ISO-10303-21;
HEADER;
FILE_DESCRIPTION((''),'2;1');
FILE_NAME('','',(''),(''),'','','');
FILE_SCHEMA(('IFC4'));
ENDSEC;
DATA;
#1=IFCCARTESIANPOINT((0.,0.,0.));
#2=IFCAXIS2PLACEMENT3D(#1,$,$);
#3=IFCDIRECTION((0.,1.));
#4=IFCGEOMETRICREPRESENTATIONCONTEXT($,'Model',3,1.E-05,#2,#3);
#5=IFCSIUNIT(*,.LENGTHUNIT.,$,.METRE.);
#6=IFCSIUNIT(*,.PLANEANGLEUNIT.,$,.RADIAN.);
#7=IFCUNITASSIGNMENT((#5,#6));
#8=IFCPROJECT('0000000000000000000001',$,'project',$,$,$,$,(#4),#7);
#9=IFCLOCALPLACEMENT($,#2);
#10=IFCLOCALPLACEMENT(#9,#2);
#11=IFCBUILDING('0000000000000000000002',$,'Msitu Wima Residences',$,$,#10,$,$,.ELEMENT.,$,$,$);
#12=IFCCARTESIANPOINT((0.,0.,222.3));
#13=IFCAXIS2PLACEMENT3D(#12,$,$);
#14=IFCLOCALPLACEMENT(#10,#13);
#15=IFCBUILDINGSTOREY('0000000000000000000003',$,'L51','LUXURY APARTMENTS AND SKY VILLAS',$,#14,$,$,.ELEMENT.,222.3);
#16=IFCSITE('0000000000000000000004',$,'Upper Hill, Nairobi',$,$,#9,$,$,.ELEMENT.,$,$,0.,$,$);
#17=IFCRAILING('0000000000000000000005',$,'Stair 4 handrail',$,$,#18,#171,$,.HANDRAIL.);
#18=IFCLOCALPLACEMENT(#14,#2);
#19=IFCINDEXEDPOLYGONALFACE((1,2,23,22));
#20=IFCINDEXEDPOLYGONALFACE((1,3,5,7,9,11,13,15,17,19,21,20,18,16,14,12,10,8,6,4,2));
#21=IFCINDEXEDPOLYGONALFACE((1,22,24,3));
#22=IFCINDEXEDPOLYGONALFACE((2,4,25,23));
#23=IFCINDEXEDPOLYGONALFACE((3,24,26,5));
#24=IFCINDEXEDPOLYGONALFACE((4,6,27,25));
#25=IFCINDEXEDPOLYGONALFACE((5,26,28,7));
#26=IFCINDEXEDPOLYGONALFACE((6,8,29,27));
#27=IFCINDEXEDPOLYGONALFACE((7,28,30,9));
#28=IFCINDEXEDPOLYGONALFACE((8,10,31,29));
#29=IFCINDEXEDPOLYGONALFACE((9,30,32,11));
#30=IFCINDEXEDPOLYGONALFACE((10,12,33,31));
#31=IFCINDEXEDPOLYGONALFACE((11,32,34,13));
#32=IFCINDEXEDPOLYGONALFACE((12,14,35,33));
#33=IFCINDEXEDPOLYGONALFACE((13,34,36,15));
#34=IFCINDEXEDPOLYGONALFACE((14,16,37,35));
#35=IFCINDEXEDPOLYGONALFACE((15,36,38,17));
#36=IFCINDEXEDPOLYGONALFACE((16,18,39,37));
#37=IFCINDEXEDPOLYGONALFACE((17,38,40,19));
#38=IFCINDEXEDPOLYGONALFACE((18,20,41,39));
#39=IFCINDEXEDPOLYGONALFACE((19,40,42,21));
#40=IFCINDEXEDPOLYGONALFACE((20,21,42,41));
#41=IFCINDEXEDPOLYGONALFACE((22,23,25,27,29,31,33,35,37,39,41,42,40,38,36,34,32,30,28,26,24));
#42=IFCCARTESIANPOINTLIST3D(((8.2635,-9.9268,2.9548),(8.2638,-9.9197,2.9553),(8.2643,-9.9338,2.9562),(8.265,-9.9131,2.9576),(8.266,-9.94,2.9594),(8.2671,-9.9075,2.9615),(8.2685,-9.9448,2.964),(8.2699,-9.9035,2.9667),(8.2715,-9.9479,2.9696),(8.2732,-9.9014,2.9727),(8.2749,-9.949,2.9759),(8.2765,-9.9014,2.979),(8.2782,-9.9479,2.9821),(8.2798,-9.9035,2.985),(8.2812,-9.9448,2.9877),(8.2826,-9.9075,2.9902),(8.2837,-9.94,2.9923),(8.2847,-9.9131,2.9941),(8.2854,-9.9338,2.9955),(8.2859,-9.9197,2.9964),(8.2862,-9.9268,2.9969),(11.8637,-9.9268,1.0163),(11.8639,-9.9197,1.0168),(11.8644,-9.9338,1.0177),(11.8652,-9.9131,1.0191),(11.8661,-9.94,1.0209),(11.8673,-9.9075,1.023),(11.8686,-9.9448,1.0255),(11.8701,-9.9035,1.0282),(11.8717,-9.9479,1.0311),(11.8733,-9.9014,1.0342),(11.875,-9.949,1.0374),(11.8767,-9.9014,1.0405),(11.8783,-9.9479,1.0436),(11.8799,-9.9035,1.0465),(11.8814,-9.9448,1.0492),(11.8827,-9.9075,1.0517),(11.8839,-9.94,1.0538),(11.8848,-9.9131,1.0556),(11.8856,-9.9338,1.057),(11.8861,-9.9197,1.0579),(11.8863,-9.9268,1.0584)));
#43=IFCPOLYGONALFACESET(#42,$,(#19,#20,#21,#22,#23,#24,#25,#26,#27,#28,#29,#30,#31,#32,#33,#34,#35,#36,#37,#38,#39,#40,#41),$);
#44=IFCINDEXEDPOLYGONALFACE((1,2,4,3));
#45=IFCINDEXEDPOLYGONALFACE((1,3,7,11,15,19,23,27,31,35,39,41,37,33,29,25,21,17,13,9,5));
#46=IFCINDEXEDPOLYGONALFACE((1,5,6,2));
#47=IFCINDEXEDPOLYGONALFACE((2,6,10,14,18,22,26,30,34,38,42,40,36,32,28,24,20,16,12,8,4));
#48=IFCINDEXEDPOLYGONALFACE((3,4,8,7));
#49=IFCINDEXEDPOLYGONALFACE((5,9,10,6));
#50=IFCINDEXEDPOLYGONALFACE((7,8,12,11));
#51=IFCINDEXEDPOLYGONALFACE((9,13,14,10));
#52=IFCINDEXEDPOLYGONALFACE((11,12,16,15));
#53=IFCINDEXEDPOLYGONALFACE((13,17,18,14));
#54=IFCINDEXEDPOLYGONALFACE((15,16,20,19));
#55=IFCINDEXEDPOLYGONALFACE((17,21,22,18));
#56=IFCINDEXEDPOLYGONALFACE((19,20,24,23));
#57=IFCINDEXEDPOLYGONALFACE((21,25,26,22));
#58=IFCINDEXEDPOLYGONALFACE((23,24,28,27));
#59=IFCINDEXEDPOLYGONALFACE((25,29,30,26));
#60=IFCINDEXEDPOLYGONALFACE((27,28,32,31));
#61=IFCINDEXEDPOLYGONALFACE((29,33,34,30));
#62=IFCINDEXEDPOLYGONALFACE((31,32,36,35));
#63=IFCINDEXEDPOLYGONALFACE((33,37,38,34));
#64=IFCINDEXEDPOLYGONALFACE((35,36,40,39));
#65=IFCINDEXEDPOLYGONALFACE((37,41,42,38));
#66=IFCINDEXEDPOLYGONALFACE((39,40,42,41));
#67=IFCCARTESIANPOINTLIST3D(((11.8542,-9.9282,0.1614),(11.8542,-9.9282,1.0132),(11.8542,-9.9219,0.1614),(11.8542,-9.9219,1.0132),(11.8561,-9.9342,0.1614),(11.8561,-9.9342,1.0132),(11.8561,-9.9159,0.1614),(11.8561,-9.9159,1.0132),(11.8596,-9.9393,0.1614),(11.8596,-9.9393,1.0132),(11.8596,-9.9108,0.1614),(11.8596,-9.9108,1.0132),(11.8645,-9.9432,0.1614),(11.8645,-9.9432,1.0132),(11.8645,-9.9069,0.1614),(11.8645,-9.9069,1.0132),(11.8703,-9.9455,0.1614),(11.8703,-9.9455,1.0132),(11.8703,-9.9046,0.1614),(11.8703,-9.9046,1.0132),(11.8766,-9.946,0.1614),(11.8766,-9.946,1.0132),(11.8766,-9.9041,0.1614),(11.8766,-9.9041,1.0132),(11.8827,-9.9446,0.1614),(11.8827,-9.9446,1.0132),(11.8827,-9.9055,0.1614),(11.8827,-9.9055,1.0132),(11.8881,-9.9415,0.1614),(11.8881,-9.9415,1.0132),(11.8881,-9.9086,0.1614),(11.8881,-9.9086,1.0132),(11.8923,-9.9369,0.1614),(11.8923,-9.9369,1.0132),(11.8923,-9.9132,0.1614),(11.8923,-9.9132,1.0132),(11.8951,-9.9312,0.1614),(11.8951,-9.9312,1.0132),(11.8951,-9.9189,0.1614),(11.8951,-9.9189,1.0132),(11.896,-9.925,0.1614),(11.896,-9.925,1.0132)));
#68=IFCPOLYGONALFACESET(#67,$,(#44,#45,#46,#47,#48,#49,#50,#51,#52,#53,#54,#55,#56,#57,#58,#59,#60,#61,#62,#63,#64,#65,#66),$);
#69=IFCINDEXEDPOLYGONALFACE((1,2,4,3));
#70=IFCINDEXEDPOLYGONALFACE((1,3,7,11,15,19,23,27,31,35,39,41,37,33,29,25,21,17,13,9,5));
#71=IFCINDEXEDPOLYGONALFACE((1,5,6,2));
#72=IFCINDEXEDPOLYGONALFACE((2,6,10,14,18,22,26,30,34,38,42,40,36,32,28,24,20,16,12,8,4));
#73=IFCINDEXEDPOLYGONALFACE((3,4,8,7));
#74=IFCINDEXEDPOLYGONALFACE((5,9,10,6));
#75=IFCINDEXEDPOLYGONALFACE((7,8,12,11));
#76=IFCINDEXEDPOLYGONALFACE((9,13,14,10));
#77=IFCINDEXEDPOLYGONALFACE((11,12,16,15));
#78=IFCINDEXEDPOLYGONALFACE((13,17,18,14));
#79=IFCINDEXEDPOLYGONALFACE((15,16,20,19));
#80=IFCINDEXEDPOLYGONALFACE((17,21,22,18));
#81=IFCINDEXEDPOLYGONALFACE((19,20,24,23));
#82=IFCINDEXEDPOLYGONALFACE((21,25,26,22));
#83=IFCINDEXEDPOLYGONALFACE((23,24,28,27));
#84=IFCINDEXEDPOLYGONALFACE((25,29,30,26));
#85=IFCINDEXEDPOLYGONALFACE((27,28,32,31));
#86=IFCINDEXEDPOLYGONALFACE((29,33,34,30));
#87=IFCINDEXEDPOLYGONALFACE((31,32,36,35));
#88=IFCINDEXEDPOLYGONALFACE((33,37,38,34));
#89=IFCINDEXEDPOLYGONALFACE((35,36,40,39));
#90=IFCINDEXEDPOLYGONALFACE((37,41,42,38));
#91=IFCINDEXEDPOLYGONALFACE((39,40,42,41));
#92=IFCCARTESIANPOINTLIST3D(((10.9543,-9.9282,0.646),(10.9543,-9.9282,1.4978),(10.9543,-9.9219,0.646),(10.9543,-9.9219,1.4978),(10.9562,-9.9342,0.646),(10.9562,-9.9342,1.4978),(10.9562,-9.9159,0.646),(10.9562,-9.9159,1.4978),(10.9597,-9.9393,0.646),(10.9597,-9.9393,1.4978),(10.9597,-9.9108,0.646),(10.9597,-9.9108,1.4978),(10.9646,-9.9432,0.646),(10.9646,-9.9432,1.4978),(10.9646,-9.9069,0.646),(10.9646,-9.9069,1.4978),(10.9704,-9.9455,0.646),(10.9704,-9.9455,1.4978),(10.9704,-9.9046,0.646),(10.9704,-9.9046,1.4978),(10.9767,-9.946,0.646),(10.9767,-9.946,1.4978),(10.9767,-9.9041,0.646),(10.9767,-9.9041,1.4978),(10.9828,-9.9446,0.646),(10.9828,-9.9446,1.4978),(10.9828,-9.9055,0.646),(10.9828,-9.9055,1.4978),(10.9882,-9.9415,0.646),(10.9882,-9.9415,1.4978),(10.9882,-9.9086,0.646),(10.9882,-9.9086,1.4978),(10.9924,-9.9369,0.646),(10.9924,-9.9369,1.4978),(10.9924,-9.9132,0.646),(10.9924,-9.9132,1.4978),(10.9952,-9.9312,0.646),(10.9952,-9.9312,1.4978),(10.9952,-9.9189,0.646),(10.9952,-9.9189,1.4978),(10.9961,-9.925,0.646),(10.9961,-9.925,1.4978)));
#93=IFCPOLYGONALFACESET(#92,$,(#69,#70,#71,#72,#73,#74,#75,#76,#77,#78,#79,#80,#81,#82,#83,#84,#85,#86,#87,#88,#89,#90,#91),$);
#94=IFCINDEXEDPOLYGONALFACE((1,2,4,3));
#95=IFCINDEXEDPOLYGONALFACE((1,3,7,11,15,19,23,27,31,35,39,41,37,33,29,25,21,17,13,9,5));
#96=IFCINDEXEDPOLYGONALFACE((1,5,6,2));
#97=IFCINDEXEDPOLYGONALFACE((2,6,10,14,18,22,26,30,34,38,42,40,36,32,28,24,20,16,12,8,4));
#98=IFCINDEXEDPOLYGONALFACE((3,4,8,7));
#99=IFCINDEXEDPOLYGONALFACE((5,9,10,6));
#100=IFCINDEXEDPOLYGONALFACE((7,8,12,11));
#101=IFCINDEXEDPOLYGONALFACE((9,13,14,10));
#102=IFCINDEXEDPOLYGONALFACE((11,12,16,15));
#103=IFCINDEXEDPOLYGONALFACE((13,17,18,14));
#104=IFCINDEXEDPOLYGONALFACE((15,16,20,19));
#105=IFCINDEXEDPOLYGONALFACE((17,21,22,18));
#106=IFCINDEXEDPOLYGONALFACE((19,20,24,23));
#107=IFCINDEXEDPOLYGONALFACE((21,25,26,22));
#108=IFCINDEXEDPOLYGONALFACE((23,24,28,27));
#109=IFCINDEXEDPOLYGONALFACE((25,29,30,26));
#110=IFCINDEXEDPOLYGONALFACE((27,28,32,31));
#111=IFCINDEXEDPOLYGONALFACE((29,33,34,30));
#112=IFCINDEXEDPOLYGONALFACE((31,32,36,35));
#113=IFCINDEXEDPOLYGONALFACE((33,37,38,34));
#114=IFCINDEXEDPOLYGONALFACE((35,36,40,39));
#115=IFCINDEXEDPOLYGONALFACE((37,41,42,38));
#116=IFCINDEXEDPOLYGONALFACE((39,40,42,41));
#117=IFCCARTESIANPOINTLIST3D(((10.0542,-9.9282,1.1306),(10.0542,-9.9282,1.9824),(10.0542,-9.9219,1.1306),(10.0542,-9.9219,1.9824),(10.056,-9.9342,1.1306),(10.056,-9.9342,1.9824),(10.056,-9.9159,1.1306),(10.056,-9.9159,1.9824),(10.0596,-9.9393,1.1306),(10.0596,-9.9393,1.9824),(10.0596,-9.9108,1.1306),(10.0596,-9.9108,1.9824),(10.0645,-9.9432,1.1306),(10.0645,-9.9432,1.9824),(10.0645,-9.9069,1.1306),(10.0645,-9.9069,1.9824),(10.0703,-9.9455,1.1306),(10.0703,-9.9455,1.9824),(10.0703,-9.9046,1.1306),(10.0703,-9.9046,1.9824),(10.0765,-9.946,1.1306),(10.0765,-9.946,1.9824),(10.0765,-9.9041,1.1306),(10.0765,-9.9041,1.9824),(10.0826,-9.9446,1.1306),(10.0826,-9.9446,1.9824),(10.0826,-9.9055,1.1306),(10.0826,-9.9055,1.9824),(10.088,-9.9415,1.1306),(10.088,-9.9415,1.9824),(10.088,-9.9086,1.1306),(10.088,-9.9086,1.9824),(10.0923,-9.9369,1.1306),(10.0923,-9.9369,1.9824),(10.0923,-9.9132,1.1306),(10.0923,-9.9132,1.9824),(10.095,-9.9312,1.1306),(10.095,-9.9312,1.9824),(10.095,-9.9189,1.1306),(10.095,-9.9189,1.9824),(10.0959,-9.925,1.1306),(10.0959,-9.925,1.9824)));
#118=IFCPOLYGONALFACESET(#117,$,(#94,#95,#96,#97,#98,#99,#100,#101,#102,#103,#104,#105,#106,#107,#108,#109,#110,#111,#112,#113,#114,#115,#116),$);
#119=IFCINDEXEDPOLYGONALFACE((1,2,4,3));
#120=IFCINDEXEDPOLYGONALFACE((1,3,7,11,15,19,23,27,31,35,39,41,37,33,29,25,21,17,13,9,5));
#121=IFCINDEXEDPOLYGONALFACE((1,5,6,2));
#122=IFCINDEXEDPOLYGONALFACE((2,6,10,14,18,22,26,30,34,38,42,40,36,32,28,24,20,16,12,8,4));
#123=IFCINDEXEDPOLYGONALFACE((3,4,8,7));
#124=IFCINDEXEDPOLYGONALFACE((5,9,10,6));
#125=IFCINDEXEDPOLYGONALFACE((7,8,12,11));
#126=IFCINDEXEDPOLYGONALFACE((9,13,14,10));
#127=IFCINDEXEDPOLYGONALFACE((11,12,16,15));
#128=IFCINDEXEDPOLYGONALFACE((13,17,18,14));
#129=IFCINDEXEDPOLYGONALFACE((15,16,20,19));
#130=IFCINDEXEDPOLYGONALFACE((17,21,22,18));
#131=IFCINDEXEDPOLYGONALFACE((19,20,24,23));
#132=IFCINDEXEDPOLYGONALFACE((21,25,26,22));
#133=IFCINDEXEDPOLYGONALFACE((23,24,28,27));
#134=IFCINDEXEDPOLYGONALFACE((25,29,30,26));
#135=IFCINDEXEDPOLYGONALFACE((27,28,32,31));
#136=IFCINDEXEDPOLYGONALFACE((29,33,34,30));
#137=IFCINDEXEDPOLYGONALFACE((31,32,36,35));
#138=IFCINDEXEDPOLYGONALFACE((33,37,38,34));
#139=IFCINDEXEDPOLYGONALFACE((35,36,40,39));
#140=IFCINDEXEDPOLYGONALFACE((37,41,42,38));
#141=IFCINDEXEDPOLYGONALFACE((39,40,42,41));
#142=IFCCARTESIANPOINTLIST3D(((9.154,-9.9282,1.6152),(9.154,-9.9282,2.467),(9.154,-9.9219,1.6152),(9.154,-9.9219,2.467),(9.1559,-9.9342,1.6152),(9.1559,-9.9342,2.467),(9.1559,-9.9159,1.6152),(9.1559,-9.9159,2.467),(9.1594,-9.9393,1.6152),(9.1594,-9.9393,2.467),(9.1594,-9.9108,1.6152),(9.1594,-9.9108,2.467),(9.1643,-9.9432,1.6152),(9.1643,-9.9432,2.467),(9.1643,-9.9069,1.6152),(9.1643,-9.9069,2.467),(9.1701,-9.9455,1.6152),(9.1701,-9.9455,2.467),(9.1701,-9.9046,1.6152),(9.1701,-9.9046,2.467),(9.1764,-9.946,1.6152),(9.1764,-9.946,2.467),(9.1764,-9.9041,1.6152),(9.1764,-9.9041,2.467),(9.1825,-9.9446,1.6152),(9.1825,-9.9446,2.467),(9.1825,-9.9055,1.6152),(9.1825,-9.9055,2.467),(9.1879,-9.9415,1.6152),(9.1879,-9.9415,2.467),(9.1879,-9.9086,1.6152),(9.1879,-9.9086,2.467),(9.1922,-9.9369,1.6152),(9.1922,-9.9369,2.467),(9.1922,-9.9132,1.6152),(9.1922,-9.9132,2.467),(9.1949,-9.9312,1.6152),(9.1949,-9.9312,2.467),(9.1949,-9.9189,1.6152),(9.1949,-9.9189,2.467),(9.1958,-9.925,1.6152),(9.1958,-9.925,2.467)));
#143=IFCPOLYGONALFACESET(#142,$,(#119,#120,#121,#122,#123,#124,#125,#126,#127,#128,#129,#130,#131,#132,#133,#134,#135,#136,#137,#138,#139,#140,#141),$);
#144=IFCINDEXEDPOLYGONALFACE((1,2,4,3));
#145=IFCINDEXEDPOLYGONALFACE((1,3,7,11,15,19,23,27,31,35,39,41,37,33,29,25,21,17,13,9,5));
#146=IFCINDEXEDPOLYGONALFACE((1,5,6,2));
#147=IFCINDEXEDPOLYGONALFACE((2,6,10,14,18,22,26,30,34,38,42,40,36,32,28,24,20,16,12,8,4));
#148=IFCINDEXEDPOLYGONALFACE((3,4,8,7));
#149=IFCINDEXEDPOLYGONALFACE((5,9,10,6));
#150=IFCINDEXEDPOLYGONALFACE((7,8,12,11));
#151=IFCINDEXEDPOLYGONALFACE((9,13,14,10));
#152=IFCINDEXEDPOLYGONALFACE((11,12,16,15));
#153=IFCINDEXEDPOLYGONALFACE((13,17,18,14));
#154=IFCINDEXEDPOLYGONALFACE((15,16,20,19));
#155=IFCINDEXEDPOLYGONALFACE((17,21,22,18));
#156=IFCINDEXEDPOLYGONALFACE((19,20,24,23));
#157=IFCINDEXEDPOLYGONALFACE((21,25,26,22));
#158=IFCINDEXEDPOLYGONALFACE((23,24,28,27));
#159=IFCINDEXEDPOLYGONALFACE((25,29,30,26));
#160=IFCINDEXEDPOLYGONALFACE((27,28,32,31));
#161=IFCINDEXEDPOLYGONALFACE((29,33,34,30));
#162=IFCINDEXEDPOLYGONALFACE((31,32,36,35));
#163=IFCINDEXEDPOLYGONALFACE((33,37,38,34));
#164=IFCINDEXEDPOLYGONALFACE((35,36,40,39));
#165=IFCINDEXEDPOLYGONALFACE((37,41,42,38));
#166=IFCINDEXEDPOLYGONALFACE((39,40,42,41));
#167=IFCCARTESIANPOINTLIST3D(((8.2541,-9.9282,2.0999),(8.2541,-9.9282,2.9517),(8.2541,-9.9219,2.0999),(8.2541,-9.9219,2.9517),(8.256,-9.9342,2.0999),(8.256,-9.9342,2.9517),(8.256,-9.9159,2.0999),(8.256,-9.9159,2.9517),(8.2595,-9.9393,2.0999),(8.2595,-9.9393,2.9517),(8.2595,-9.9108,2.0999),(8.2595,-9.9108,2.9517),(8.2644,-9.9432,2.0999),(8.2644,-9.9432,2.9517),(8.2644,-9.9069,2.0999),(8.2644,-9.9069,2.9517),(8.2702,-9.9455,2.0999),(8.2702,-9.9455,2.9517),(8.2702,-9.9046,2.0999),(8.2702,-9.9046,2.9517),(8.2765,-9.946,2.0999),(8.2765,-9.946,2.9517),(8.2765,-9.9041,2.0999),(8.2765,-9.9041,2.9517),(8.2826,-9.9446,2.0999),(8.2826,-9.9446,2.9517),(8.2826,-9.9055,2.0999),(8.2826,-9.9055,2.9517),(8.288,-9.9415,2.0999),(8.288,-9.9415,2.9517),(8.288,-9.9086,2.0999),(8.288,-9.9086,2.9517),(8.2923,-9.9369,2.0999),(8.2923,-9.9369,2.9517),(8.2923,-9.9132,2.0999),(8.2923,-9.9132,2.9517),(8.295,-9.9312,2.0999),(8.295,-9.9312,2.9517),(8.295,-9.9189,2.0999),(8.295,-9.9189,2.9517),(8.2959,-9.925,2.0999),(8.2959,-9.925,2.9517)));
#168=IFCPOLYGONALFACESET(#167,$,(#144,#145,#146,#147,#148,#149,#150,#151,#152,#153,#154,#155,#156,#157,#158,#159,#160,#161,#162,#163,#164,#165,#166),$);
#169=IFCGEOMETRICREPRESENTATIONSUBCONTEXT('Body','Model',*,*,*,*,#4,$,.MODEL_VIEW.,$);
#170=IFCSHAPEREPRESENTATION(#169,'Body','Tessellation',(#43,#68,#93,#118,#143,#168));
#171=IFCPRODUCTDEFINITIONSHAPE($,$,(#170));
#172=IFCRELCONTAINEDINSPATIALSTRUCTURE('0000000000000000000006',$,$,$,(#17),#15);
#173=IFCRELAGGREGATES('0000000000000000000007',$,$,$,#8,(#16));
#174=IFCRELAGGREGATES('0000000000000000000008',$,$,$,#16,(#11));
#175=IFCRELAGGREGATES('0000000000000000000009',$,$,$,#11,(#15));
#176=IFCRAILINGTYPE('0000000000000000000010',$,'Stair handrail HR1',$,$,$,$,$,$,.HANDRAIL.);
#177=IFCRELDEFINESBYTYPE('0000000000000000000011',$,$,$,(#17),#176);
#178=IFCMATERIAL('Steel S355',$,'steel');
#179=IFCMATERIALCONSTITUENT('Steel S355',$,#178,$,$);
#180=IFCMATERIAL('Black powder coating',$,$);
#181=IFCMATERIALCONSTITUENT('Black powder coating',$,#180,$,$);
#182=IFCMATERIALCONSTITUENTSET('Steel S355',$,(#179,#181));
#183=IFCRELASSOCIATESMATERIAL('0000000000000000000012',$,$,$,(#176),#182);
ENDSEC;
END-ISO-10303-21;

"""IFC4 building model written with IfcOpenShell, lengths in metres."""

from ifc_helpers import new_model, si_unit, direction, frame, origin, origin_2d, place, context, subcontext, project, spatial, circle, extrude, material, constituent, constituent_set, type_object, element, save


model = new_model("IFC4")

# Units and contexts
model_context = context("Model", 3, precision=1e-05, world=origin(), true_north=direction((0.0, 1.0)))
body_context = subcontext(model_context, "Body", "Model", "MODEL_VIEW")
ifc_project = project(units=[si_unit("LENGTHUNIT", "METRE"), si_unit("PLANEANGLEUNIT", "RADIAN")], contexts=[model_context])

# Site, building, storey
site_placement = place(None, origin())
site = spatial("IfcSite", under=ifc_project, at=site_placement, Name="Upper Hill, Nairobi", CompositionType="ELEMENT", RefElevation=0.0)
building_placement = place(site_placement, origin())
building = spatial("IfcBuilding", under=site, at=building_placement, Name="Msitu Wima Residences", CompositionType="ELEMENT")
storey_placement = place(building_placement, frame((0.0, 0.0, 222.3)))
storey = spatial("IfcBuildingStorey", under=building, at=storey_placement, Name="L51", Description="LUXURY APARTMENTS AND SKY VILLAS", CompositionType="ELEMENT", Elevation=222.3)

# Railing
ifc_material_1 = material(Name="Steel S355", Category="steel")
ifc_constituent_1 = constituent(ifc_material_1, Name="Steel S355")
ifc_material_2 = material(Name="Black powder coating")
ifc_constituent_2 = constituent(ifc_material_2, Name="Black powder coating")
ifc_constituent_set = constituent_set(constituents=[ifc_constituent_1, ifc_constituent_2], Name="Steel S355")
railing_type = type_object("IfcRailingType", Name="Stair handrail HR1", PredefinedType="HANDRAIL", material=ifc_constituent_set)
for number, where, name in (
    (1, (11.875, -9.925, 0.1614), "Stair 4 handrail"),
):
    element("IfcRailing", number, at=place(storey_placement, frame(where)), inside=storey, type_object=railing_type, Name=name, PredefinedType="HANDRAIL", context=body_context, shape_type="SweptSolid", body=[
        extrude(circle(Radius=0.0239, at=origin_2d()), frame((0.0, 0.0, 0.876), z_axis=(-0.880475, 0.0, 0.474093), x_axis=(0.0, -1.0, 0.0)), (0.0, 0.0, 1.0), 4.0889),
        extrude(circle(Radius=0.021, at=origin_2d()), origin(), (0.0, 0.0, 1.0), 0.8518),
        extrude(circle(Radius=0.021, at=origin_2d()), frame((-0.8999, 0.0, 0.4846)), (0.0, 0.0, 1.0), 0.8518),
        extrude(circle(Radius=0.021, at=origin_2d()), frame((-1.8, 0.0, 0.9692)), (0.0, 0.0, 1.0), 0.8518),
        extrude(circle(Radius=0.021, at=origin_2d()), frame((-2.7002, 0.0, 1.4539)), (0.0, 0.0, 1.0), 0.8518),
        extrude(circle(Radius=0.021, at=origin_2d()), frame((-3.6001, 0.0, 1.9385)), (0.0, 0.0, 1.0), 0.8518),
    ])

save(model, "model.ifc")
